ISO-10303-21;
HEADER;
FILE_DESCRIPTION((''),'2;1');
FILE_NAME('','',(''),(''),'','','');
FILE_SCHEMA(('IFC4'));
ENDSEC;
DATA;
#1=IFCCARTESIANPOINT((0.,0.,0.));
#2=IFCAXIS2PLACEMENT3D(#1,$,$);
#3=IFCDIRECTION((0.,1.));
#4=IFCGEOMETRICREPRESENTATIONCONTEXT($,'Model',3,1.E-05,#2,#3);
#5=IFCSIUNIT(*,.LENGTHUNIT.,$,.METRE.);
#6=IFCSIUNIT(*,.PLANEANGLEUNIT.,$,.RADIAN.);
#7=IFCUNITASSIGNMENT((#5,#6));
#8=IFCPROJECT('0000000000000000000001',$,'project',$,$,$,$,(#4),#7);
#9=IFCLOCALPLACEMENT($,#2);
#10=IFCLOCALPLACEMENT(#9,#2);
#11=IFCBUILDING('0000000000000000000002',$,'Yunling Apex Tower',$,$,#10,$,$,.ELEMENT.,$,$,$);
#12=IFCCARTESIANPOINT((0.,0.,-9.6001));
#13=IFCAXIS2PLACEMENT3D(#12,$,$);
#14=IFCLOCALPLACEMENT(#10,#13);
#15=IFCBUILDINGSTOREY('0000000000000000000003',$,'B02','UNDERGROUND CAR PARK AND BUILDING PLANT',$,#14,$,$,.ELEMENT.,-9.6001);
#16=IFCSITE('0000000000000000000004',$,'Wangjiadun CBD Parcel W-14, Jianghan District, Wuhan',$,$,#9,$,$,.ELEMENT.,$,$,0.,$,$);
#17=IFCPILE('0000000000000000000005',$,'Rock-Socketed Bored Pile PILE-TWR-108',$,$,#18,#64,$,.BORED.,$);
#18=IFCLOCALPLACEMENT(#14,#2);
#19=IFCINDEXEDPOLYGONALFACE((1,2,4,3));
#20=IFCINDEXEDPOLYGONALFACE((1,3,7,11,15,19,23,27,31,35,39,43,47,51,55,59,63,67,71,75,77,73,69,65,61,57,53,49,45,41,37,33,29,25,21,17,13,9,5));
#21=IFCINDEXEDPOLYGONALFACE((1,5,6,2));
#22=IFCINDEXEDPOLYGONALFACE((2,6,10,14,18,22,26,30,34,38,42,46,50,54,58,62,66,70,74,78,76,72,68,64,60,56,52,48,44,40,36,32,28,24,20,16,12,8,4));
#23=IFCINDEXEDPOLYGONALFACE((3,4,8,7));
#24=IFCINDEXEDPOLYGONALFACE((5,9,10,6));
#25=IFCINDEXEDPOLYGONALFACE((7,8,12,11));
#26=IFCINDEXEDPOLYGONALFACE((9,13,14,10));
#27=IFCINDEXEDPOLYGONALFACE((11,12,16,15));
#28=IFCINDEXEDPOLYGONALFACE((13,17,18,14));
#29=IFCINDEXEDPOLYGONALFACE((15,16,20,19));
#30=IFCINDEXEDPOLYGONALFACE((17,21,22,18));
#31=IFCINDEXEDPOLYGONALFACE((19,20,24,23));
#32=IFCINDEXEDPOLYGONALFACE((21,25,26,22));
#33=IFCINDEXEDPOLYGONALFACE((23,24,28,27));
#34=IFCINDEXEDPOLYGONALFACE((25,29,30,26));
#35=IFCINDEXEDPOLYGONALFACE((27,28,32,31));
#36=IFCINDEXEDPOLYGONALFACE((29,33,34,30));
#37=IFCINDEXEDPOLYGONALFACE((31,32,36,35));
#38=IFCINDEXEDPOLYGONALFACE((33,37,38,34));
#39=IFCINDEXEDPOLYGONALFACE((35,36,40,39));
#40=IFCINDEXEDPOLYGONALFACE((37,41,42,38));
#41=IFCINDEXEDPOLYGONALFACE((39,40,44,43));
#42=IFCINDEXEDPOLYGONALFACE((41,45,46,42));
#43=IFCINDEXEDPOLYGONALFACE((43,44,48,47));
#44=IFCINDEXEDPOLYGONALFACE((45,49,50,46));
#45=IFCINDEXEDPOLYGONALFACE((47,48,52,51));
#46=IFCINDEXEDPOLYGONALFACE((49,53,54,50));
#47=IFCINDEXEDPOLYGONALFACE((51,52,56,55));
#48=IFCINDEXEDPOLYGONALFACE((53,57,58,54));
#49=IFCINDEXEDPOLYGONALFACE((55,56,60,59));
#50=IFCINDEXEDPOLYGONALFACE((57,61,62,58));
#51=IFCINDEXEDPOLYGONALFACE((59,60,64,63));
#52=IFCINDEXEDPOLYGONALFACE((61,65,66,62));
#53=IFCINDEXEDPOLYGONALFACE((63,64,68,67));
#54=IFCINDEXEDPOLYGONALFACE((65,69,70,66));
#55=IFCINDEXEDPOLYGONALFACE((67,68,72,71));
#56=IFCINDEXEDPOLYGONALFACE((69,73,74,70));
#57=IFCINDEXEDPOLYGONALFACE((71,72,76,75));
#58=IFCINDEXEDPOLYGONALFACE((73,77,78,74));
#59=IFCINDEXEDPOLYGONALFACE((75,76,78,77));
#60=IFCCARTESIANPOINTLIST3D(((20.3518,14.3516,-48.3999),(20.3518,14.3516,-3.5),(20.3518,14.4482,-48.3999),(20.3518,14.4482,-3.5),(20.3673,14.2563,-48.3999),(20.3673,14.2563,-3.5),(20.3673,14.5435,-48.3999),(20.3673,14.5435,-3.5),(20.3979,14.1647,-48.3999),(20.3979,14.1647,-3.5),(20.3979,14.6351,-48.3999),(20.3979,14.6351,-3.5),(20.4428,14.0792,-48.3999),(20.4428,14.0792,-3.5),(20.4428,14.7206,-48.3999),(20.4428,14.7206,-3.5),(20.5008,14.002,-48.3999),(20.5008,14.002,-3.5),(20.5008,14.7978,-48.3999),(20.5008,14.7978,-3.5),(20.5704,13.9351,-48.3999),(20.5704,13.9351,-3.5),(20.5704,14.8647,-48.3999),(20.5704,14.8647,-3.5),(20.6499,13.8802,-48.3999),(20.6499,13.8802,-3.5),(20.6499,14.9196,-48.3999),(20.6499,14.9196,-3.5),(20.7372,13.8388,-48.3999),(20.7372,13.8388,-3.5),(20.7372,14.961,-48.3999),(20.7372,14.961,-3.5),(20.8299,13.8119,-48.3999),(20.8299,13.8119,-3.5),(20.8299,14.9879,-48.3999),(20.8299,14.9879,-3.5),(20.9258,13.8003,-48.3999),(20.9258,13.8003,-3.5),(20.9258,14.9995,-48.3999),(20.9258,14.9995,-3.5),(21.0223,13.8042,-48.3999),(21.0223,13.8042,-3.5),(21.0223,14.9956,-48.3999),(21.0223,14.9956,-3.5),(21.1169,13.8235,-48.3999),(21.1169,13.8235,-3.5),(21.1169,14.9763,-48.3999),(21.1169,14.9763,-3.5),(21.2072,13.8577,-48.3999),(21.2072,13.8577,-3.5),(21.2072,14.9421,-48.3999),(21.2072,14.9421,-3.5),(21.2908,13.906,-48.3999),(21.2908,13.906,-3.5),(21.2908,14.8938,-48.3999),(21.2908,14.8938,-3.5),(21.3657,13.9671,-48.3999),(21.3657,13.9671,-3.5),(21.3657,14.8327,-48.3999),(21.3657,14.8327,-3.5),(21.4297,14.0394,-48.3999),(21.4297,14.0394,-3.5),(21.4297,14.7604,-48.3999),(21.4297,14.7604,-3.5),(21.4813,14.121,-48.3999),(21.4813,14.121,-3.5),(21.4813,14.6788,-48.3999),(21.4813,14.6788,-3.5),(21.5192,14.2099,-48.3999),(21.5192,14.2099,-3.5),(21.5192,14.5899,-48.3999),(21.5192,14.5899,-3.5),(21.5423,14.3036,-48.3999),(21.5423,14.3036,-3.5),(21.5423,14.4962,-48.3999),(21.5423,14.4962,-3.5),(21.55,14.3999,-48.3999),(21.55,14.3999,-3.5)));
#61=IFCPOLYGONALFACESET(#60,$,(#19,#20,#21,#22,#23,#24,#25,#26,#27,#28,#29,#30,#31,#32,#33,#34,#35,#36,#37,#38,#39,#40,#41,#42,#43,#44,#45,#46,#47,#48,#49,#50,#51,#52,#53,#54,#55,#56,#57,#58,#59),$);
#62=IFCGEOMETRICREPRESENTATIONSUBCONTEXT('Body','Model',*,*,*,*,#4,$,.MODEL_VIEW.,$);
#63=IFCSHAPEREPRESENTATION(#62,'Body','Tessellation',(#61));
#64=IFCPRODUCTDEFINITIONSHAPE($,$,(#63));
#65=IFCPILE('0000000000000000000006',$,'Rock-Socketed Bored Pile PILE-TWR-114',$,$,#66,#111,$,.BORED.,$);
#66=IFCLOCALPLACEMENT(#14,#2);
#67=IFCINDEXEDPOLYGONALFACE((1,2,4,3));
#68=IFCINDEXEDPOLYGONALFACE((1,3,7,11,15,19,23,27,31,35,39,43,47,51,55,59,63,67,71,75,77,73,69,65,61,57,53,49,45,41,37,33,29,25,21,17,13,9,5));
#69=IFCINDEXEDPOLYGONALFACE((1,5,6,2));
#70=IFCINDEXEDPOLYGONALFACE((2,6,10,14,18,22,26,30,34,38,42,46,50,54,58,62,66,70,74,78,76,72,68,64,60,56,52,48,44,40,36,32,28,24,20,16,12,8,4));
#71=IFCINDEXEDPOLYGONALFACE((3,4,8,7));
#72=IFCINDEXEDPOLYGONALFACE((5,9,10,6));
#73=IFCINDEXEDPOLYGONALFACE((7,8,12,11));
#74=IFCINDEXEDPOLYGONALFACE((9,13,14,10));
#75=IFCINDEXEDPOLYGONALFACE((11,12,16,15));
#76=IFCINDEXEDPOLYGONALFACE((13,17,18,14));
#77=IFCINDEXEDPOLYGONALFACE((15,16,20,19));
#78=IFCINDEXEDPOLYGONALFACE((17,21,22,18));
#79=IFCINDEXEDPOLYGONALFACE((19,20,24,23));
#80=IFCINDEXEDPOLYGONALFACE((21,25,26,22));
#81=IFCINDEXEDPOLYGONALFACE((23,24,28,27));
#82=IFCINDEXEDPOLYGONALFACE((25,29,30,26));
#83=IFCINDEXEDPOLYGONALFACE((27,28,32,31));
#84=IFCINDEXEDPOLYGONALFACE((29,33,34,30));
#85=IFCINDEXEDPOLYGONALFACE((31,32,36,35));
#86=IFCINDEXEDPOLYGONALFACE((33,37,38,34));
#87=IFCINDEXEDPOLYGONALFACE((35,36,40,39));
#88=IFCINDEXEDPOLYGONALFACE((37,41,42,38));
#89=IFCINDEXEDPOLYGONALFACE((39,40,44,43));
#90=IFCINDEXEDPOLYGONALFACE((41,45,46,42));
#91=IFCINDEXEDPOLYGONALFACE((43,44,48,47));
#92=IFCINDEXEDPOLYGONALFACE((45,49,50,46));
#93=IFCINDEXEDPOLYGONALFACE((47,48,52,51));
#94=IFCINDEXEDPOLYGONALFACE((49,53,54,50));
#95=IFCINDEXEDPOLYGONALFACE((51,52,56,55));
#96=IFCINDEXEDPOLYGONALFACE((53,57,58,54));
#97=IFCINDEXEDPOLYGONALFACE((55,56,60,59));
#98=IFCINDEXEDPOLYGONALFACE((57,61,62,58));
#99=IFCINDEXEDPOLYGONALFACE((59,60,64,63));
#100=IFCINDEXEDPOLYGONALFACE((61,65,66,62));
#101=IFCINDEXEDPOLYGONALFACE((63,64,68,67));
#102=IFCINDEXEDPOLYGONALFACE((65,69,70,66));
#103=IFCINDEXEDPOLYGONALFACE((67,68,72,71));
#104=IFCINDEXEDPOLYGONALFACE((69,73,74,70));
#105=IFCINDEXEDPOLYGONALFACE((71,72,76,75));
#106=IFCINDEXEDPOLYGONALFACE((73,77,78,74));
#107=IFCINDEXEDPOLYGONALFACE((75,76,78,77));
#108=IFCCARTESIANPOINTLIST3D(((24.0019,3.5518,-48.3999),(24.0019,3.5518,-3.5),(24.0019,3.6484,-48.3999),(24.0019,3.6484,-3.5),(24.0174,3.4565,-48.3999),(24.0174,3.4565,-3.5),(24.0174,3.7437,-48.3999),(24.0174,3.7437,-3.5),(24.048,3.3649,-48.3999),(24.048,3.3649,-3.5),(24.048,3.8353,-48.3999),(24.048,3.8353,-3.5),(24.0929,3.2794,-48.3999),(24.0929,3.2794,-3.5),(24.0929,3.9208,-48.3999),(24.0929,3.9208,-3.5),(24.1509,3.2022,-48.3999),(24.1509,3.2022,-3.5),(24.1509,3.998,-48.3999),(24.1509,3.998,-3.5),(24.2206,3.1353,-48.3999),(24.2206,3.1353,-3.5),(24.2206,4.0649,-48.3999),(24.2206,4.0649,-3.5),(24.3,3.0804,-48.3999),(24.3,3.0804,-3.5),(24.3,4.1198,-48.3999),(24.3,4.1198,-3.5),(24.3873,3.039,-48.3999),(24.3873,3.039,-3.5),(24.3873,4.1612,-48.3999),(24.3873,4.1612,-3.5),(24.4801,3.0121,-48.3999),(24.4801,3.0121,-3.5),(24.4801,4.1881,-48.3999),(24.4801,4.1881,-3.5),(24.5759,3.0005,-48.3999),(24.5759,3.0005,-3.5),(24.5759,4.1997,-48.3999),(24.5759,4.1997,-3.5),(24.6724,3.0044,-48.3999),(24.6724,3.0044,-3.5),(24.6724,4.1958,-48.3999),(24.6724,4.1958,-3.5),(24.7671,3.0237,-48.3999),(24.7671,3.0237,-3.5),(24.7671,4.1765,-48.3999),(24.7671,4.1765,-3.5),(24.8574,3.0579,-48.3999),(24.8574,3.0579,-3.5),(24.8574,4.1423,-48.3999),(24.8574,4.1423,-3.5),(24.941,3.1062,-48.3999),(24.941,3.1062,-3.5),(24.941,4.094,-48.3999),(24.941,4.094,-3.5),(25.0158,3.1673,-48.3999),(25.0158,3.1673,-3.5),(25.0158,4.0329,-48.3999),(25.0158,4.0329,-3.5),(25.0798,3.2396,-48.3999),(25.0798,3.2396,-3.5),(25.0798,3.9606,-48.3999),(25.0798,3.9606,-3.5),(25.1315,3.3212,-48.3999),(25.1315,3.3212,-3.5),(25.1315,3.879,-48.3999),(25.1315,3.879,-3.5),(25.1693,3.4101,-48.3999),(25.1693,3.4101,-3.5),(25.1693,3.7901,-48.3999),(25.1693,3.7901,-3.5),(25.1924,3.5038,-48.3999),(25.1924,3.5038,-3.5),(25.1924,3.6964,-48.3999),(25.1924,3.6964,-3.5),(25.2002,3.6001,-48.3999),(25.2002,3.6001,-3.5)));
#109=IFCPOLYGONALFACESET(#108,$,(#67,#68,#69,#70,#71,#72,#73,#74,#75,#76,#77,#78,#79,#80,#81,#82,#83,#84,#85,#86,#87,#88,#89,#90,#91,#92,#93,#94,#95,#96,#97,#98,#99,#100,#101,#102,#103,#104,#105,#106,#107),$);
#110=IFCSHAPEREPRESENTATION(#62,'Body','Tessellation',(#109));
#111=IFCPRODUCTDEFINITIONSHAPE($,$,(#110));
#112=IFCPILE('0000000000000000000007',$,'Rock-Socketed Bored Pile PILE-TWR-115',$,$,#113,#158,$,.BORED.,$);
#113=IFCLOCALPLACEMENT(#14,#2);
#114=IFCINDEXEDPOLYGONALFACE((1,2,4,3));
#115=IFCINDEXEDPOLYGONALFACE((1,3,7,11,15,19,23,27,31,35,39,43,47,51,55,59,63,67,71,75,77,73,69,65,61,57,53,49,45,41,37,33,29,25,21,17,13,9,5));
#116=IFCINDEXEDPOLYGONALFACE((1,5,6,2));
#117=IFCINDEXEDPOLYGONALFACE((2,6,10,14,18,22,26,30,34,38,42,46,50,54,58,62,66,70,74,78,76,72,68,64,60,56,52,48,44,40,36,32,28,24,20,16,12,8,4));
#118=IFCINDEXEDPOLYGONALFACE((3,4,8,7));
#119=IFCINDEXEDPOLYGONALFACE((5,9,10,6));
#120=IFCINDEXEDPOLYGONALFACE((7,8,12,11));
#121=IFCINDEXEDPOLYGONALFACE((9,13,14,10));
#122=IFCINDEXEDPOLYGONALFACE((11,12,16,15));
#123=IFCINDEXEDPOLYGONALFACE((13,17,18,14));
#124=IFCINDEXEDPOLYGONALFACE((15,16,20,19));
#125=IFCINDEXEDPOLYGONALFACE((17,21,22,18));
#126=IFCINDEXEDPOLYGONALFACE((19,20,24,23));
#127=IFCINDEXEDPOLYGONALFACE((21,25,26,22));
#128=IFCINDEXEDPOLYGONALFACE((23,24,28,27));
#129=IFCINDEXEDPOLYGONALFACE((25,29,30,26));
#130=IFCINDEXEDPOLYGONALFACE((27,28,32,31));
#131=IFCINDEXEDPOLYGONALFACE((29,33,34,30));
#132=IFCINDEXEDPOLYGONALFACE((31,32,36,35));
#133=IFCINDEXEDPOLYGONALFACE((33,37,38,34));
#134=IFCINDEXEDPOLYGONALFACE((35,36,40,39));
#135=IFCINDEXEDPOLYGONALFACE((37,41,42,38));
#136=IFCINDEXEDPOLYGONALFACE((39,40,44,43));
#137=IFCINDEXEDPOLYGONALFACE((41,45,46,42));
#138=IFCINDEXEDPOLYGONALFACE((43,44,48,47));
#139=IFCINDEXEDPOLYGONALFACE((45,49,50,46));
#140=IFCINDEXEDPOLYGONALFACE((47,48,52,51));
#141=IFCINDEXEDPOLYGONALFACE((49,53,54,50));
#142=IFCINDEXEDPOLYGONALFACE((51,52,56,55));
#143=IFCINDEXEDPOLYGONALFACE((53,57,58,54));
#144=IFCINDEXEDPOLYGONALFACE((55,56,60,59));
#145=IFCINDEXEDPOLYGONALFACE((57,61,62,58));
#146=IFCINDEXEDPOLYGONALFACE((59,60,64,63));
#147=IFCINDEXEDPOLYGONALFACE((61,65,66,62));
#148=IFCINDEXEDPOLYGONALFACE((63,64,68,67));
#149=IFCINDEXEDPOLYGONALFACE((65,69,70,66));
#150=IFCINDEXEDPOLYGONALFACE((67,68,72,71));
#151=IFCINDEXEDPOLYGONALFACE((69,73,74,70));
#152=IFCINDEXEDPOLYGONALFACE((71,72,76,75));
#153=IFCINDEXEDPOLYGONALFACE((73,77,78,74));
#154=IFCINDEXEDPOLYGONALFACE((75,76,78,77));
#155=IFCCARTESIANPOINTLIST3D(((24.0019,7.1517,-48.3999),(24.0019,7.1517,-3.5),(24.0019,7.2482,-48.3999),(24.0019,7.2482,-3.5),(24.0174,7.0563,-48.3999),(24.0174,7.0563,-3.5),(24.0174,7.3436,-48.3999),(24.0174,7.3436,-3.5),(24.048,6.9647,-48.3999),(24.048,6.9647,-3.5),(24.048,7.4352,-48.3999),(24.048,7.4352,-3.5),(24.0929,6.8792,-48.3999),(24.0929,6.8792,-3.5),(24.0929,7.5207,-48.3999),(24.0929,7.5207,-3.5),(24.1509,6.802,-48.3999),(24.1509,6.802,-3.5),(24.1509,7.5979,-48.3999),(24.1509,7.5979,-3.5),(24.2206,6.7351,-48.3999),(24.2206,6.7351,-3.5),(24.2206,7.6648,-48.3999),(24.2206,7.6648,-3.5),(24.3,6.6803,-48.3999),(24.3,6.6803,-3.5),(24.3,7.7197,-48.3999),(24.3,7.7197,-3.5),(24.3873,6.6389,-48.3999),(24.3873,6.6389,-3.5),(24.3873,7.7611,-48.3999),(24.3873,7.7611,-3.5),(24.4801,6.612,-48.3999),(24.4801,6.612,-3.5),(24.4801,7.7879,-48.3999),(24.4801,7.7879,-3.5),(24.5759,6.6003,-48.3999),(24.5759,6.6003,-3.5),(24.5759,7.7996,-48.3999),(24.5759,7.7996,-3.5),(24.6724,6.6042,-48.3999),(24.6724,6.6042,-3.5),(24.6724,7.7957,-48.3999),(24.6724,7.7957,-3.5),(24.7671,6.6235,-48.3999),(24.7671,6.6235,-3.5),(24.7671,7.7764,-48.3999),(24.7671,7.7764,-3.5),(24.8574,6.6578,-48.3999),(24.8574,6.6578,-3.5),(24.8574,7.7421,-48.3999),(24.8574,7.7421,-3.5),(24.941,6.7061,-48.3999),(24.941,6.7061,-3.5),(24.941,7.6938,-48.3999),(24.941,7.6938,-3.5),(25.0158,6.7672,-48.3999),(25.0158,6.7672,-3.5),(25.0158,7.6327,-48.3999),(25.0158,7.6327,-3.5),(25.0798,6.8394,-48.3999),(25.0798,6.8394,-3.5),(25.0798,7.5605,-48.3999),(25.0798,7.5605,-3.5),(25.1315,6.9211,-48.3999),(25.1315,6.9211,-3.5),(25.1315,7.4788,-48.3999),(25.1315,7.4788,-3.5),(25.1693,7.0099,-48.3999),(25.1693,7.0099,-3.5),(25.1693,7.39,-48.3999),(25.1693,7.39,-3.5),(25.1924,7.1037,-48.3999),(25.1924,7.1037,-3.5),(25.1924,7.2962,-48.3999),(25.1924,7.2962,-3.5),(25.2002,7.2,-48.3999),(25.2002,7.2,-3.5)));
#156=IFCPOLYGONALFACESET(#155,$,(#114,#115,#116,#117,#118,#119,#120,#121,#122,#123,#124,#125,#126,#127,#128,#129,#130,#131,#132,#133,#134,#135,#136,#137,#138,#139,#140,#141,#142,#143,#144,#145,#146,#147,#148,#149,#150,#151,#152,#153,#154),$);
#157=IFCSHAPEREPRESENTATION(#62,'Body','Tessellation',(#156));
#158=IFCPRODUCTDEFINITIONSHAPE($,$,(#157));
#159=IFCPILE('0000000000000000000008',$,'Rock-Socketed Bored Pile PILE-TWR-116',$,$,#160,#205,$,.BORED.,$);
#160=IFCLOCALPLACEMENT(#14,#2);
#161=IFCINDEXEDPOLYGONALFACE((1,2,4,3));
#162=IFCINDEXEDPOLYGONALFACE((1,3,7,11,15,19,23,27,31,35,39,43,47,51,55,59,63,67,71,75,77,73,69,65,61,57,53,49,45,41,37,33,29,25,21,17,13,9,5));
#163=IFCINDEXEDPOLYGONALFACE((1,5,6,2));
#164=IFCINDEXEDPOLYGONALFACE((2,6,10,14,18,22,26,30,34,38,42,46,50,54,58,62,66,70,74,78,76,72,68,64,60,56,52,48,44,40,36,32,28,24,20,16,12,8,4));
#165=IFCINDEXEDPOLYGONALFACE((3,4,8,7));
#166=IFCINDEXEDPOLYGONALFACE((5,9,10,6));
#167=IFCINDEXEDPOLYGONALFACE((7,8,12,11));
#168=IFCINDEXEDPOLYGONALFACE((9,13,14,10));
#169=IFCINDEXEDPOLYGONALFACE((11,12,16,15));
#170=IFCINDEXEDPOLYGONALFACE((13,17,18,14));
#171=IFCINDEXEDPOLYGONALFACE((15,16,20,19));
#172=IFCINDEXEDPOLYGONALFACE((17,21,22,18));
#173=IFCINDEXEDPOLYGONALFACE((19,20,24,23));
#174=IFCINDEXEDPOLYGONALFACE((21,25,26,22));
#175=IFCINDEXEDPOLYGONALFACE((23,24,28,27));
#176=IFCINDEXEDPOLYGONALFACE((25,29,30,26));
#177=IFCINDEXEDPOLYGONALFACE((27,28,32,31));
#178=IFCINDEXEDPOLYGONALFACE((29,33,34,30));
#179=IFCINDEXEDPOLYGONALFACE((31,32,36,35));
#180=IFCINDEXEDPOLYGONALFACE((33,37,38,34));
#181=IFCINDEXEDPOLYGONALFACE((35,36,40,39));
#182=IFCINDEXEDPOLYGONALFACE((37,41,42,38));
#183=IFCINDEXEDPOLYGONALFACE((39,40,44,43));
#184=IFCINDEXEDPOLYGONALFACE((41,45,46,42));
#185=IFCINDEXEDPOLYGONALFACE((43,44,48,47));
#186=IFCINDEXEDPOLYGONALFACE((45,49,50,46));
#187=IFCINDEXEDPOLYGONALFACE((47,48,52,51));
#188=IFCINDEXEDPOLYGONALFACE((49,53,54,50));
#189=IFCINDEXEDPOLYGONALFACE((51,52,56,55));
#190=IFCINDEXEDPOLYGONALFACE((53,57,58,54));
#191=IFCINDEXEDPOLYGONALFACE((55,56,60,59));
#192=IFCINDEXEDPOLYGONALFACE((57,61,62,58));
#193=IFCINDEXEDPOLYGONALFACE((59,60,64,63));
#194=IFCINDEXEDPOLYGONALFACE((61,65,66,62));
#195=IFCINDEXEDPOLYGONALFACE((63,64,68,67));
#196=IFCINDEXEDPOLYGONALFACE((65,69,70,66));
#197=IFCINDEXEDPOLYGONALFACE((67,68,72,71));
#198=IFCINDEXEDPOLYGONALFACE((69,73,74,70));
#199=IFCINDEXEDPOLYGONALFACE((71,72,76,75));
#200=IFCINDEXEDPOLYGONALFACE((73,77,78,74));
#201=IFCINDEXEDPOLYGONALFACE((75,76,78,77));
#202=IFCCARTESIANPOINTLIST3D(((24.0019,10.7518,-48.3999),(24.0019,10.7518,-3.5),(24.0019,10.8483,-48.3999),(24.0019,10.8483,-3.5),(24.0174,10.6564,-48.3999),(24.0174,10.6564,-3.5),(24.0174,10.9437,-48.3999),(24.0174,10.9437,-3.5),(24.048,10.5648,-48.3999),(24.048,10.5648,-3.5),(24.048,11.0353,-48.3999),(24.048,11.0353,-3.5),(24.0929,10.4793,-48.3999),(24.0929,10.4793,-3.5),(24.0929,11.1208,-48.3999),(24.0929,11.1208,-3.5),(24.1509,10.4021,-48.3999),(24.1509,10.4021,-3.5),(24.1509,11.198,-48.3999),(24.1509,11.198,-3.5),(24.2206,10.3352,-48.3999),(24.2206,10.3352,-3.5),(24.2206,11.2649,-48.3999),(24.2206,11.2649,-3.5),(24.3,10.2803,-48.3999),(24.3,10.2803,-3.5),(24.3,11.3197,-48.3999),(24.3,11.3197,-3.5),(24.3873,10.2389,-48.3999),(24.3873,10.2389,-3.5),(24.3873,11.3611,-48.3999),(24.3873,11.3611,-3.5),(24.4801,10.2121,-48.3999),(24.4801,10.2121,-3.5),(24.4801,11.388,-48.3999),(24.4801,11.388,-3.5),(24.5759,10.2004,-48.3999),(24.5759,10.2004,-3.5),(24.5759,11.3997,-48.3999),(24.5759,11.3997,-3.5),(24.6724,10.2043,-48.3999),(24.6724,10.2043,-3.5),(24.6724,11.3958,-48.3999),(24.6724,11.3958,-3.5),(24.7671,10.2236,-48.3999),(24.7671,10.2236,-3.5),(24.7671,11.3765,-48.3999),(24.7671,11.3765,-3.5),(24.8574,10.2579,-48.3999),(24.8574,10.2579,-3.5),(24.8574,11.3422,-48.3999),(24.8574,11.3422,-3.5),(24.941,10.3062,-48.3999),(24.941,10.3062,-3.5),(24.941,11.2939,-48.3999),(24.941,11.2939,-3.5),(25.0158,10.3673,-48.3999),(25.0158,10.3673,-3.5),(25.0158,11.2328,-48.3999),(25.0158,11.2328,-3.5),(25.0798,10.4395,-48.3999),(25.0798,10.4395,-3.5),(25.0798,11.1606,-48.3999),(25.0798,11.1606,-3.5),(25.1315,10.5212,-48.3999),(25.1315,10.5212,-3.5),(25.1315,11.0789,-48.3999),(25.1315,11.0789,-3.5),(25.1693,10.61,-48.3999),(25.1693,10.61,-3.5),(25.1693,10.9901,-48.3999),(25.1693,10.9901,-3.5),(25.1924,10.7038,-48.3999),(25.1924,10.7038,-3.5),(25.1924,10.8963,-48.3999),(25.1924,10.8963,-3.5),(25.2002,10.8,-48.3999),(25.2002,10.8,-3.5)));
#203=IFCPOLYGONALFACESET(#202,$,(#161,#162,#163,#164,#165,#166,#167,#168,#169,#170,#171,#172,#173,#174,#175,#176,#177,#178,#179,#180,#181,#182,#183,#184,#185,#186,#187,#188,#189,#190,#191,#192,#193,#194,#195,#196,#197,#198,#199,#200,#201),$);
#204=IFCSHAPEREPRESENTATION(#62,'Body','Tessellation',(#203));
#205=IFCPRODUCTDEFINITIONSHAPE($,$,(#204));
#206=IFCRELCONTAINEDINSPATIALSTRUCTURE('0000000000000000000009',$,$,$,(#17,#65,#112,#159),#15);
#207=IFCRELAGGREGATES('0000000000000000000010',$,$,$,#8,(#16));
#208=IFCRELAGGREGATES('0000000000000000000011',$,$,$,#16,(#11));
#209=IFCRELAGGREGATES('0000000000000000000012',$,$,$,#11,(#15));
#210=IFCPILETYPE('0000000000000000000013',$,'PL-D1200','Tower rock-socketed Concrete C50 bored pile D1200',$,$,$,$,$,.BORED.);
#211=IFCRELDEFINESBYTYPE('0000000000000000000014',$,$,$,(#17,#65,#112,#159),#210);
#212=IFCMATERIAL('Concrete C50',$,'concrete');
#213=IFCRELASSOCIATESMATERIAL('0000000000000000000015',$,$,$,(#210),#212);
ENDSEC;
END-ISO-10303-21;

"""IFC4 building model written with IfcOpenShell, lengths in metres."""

from ifc_helpers import new_model, si_unit, direction, frame, origin, origin_2d, place, context, subcontext, project, spatial, circle, extrude, source, transform, mapped, material, material_profile, profile_set, type_object, element, save


model = new_model("IFC4")

# Units and contexts
model_context = context("Model", 3, precision=1e-05, world=origin(), true_north=direction((0.0, 1.0)))
body_context = subcontext(model_context, "Body", "Model", "MODEL_VIEW")
ifc_project = project(units=[si_unit("LENGTHUNIT", "METRE"), si_unit("PLANEANGLEUNIT", "RADIAN")], contexts=[model_context])

# Site, building, storey
site_placement = place(None, origin())
site = spatial("IfcSite", under=ifc_project, at=site_placement, Name="Wangjiadun CBD Parcel W-14, Jianghan District, Wuhan", CompositionType="ELEMENT", RefElevation=0.0)
building_placement = place(site_placement, origin())
building = spatial("IfcBuilding", under=site, at=building_placement, Name="Yunling Apex Tower", CompositionType="ELEMENT")
storey_placement = place(building_placement, frame((0.0, 0.0, -9.6001)))
storey = spatial("IfcBuildingStorey", under=building, at=storey_placement, Name="B02", Description="UNDERGROUND CAR PARK AND BUILDING PLANT", CompositionType="ELEMENT", Elevation=-9.6001)

# Shared definitions
ifc_material_1 = material(Name="Concrete C50", Category="concrete")

# Piles
ifc_material_profile_1 = material_profile(ifc_material_1, circle(Radius=0.6001, at=origin_2d()))
ifc_profile_set_1 = profile_set([ifc_material_profile_1], Name="Concrete C50")
pile_type_1 = type_object("IfcPileType", Name="PL-D1200", Description="Tower rock-socketed Concrete C50 bored pile D1200", PredefinedType="BORED", material=ifc_profile_set_1)
shared_shape_1 = source(origin(), body_context, "Body", "SweptSolid", [
    extrude(circle(Radius=0.6001, at=origin_2d()), origin(), (0.0, 0.0, 1.0), 44.8999),
])
for number, where, z_axis, x_axis, name in (
    (1, (20.95, 14.3999, -3.5), (0.0, 0.0, -1.0), (1.0, 0.0, 0.0), "Rock-Socketed Bored Pile PILE-TWR-108"),
    (2, (24.6001, 3.6001, -3.5), (0.0, 0.0, -1.0), (1.0, 0.0, 0.0), "Rock-Socketed Bored Pile PILE-TWR-114"),
    (3, (24.6001, 7.2, -3.5), (0.0, 0.0, -1.0), (1.0, 0.0, 0.0), "Rock-Socketed Bored Pile PILE-TWR-115"),
    (4, (24.6001, 10.8, -3.5), (0.0, 0.0, -1.0), (1.0, 0.0, 0.0), "Rock-Socketed Bored Pile PILE-TWR-116"),
):
    element("IfcPile", number, at=place(storey_placement, frame(where, z_axis=z_axis, x_axis=x_axis)), inside=storey, type_object=pile_type_1, Name=name, PredefinedType="BORED", context=body_context, shape_type="MappedRepresentation", body=[
        mapped(shared_shape_1, transform((0.0, 0.0, 0.0), scale=1.0)),
    ])

save(model, "model.ifc")
